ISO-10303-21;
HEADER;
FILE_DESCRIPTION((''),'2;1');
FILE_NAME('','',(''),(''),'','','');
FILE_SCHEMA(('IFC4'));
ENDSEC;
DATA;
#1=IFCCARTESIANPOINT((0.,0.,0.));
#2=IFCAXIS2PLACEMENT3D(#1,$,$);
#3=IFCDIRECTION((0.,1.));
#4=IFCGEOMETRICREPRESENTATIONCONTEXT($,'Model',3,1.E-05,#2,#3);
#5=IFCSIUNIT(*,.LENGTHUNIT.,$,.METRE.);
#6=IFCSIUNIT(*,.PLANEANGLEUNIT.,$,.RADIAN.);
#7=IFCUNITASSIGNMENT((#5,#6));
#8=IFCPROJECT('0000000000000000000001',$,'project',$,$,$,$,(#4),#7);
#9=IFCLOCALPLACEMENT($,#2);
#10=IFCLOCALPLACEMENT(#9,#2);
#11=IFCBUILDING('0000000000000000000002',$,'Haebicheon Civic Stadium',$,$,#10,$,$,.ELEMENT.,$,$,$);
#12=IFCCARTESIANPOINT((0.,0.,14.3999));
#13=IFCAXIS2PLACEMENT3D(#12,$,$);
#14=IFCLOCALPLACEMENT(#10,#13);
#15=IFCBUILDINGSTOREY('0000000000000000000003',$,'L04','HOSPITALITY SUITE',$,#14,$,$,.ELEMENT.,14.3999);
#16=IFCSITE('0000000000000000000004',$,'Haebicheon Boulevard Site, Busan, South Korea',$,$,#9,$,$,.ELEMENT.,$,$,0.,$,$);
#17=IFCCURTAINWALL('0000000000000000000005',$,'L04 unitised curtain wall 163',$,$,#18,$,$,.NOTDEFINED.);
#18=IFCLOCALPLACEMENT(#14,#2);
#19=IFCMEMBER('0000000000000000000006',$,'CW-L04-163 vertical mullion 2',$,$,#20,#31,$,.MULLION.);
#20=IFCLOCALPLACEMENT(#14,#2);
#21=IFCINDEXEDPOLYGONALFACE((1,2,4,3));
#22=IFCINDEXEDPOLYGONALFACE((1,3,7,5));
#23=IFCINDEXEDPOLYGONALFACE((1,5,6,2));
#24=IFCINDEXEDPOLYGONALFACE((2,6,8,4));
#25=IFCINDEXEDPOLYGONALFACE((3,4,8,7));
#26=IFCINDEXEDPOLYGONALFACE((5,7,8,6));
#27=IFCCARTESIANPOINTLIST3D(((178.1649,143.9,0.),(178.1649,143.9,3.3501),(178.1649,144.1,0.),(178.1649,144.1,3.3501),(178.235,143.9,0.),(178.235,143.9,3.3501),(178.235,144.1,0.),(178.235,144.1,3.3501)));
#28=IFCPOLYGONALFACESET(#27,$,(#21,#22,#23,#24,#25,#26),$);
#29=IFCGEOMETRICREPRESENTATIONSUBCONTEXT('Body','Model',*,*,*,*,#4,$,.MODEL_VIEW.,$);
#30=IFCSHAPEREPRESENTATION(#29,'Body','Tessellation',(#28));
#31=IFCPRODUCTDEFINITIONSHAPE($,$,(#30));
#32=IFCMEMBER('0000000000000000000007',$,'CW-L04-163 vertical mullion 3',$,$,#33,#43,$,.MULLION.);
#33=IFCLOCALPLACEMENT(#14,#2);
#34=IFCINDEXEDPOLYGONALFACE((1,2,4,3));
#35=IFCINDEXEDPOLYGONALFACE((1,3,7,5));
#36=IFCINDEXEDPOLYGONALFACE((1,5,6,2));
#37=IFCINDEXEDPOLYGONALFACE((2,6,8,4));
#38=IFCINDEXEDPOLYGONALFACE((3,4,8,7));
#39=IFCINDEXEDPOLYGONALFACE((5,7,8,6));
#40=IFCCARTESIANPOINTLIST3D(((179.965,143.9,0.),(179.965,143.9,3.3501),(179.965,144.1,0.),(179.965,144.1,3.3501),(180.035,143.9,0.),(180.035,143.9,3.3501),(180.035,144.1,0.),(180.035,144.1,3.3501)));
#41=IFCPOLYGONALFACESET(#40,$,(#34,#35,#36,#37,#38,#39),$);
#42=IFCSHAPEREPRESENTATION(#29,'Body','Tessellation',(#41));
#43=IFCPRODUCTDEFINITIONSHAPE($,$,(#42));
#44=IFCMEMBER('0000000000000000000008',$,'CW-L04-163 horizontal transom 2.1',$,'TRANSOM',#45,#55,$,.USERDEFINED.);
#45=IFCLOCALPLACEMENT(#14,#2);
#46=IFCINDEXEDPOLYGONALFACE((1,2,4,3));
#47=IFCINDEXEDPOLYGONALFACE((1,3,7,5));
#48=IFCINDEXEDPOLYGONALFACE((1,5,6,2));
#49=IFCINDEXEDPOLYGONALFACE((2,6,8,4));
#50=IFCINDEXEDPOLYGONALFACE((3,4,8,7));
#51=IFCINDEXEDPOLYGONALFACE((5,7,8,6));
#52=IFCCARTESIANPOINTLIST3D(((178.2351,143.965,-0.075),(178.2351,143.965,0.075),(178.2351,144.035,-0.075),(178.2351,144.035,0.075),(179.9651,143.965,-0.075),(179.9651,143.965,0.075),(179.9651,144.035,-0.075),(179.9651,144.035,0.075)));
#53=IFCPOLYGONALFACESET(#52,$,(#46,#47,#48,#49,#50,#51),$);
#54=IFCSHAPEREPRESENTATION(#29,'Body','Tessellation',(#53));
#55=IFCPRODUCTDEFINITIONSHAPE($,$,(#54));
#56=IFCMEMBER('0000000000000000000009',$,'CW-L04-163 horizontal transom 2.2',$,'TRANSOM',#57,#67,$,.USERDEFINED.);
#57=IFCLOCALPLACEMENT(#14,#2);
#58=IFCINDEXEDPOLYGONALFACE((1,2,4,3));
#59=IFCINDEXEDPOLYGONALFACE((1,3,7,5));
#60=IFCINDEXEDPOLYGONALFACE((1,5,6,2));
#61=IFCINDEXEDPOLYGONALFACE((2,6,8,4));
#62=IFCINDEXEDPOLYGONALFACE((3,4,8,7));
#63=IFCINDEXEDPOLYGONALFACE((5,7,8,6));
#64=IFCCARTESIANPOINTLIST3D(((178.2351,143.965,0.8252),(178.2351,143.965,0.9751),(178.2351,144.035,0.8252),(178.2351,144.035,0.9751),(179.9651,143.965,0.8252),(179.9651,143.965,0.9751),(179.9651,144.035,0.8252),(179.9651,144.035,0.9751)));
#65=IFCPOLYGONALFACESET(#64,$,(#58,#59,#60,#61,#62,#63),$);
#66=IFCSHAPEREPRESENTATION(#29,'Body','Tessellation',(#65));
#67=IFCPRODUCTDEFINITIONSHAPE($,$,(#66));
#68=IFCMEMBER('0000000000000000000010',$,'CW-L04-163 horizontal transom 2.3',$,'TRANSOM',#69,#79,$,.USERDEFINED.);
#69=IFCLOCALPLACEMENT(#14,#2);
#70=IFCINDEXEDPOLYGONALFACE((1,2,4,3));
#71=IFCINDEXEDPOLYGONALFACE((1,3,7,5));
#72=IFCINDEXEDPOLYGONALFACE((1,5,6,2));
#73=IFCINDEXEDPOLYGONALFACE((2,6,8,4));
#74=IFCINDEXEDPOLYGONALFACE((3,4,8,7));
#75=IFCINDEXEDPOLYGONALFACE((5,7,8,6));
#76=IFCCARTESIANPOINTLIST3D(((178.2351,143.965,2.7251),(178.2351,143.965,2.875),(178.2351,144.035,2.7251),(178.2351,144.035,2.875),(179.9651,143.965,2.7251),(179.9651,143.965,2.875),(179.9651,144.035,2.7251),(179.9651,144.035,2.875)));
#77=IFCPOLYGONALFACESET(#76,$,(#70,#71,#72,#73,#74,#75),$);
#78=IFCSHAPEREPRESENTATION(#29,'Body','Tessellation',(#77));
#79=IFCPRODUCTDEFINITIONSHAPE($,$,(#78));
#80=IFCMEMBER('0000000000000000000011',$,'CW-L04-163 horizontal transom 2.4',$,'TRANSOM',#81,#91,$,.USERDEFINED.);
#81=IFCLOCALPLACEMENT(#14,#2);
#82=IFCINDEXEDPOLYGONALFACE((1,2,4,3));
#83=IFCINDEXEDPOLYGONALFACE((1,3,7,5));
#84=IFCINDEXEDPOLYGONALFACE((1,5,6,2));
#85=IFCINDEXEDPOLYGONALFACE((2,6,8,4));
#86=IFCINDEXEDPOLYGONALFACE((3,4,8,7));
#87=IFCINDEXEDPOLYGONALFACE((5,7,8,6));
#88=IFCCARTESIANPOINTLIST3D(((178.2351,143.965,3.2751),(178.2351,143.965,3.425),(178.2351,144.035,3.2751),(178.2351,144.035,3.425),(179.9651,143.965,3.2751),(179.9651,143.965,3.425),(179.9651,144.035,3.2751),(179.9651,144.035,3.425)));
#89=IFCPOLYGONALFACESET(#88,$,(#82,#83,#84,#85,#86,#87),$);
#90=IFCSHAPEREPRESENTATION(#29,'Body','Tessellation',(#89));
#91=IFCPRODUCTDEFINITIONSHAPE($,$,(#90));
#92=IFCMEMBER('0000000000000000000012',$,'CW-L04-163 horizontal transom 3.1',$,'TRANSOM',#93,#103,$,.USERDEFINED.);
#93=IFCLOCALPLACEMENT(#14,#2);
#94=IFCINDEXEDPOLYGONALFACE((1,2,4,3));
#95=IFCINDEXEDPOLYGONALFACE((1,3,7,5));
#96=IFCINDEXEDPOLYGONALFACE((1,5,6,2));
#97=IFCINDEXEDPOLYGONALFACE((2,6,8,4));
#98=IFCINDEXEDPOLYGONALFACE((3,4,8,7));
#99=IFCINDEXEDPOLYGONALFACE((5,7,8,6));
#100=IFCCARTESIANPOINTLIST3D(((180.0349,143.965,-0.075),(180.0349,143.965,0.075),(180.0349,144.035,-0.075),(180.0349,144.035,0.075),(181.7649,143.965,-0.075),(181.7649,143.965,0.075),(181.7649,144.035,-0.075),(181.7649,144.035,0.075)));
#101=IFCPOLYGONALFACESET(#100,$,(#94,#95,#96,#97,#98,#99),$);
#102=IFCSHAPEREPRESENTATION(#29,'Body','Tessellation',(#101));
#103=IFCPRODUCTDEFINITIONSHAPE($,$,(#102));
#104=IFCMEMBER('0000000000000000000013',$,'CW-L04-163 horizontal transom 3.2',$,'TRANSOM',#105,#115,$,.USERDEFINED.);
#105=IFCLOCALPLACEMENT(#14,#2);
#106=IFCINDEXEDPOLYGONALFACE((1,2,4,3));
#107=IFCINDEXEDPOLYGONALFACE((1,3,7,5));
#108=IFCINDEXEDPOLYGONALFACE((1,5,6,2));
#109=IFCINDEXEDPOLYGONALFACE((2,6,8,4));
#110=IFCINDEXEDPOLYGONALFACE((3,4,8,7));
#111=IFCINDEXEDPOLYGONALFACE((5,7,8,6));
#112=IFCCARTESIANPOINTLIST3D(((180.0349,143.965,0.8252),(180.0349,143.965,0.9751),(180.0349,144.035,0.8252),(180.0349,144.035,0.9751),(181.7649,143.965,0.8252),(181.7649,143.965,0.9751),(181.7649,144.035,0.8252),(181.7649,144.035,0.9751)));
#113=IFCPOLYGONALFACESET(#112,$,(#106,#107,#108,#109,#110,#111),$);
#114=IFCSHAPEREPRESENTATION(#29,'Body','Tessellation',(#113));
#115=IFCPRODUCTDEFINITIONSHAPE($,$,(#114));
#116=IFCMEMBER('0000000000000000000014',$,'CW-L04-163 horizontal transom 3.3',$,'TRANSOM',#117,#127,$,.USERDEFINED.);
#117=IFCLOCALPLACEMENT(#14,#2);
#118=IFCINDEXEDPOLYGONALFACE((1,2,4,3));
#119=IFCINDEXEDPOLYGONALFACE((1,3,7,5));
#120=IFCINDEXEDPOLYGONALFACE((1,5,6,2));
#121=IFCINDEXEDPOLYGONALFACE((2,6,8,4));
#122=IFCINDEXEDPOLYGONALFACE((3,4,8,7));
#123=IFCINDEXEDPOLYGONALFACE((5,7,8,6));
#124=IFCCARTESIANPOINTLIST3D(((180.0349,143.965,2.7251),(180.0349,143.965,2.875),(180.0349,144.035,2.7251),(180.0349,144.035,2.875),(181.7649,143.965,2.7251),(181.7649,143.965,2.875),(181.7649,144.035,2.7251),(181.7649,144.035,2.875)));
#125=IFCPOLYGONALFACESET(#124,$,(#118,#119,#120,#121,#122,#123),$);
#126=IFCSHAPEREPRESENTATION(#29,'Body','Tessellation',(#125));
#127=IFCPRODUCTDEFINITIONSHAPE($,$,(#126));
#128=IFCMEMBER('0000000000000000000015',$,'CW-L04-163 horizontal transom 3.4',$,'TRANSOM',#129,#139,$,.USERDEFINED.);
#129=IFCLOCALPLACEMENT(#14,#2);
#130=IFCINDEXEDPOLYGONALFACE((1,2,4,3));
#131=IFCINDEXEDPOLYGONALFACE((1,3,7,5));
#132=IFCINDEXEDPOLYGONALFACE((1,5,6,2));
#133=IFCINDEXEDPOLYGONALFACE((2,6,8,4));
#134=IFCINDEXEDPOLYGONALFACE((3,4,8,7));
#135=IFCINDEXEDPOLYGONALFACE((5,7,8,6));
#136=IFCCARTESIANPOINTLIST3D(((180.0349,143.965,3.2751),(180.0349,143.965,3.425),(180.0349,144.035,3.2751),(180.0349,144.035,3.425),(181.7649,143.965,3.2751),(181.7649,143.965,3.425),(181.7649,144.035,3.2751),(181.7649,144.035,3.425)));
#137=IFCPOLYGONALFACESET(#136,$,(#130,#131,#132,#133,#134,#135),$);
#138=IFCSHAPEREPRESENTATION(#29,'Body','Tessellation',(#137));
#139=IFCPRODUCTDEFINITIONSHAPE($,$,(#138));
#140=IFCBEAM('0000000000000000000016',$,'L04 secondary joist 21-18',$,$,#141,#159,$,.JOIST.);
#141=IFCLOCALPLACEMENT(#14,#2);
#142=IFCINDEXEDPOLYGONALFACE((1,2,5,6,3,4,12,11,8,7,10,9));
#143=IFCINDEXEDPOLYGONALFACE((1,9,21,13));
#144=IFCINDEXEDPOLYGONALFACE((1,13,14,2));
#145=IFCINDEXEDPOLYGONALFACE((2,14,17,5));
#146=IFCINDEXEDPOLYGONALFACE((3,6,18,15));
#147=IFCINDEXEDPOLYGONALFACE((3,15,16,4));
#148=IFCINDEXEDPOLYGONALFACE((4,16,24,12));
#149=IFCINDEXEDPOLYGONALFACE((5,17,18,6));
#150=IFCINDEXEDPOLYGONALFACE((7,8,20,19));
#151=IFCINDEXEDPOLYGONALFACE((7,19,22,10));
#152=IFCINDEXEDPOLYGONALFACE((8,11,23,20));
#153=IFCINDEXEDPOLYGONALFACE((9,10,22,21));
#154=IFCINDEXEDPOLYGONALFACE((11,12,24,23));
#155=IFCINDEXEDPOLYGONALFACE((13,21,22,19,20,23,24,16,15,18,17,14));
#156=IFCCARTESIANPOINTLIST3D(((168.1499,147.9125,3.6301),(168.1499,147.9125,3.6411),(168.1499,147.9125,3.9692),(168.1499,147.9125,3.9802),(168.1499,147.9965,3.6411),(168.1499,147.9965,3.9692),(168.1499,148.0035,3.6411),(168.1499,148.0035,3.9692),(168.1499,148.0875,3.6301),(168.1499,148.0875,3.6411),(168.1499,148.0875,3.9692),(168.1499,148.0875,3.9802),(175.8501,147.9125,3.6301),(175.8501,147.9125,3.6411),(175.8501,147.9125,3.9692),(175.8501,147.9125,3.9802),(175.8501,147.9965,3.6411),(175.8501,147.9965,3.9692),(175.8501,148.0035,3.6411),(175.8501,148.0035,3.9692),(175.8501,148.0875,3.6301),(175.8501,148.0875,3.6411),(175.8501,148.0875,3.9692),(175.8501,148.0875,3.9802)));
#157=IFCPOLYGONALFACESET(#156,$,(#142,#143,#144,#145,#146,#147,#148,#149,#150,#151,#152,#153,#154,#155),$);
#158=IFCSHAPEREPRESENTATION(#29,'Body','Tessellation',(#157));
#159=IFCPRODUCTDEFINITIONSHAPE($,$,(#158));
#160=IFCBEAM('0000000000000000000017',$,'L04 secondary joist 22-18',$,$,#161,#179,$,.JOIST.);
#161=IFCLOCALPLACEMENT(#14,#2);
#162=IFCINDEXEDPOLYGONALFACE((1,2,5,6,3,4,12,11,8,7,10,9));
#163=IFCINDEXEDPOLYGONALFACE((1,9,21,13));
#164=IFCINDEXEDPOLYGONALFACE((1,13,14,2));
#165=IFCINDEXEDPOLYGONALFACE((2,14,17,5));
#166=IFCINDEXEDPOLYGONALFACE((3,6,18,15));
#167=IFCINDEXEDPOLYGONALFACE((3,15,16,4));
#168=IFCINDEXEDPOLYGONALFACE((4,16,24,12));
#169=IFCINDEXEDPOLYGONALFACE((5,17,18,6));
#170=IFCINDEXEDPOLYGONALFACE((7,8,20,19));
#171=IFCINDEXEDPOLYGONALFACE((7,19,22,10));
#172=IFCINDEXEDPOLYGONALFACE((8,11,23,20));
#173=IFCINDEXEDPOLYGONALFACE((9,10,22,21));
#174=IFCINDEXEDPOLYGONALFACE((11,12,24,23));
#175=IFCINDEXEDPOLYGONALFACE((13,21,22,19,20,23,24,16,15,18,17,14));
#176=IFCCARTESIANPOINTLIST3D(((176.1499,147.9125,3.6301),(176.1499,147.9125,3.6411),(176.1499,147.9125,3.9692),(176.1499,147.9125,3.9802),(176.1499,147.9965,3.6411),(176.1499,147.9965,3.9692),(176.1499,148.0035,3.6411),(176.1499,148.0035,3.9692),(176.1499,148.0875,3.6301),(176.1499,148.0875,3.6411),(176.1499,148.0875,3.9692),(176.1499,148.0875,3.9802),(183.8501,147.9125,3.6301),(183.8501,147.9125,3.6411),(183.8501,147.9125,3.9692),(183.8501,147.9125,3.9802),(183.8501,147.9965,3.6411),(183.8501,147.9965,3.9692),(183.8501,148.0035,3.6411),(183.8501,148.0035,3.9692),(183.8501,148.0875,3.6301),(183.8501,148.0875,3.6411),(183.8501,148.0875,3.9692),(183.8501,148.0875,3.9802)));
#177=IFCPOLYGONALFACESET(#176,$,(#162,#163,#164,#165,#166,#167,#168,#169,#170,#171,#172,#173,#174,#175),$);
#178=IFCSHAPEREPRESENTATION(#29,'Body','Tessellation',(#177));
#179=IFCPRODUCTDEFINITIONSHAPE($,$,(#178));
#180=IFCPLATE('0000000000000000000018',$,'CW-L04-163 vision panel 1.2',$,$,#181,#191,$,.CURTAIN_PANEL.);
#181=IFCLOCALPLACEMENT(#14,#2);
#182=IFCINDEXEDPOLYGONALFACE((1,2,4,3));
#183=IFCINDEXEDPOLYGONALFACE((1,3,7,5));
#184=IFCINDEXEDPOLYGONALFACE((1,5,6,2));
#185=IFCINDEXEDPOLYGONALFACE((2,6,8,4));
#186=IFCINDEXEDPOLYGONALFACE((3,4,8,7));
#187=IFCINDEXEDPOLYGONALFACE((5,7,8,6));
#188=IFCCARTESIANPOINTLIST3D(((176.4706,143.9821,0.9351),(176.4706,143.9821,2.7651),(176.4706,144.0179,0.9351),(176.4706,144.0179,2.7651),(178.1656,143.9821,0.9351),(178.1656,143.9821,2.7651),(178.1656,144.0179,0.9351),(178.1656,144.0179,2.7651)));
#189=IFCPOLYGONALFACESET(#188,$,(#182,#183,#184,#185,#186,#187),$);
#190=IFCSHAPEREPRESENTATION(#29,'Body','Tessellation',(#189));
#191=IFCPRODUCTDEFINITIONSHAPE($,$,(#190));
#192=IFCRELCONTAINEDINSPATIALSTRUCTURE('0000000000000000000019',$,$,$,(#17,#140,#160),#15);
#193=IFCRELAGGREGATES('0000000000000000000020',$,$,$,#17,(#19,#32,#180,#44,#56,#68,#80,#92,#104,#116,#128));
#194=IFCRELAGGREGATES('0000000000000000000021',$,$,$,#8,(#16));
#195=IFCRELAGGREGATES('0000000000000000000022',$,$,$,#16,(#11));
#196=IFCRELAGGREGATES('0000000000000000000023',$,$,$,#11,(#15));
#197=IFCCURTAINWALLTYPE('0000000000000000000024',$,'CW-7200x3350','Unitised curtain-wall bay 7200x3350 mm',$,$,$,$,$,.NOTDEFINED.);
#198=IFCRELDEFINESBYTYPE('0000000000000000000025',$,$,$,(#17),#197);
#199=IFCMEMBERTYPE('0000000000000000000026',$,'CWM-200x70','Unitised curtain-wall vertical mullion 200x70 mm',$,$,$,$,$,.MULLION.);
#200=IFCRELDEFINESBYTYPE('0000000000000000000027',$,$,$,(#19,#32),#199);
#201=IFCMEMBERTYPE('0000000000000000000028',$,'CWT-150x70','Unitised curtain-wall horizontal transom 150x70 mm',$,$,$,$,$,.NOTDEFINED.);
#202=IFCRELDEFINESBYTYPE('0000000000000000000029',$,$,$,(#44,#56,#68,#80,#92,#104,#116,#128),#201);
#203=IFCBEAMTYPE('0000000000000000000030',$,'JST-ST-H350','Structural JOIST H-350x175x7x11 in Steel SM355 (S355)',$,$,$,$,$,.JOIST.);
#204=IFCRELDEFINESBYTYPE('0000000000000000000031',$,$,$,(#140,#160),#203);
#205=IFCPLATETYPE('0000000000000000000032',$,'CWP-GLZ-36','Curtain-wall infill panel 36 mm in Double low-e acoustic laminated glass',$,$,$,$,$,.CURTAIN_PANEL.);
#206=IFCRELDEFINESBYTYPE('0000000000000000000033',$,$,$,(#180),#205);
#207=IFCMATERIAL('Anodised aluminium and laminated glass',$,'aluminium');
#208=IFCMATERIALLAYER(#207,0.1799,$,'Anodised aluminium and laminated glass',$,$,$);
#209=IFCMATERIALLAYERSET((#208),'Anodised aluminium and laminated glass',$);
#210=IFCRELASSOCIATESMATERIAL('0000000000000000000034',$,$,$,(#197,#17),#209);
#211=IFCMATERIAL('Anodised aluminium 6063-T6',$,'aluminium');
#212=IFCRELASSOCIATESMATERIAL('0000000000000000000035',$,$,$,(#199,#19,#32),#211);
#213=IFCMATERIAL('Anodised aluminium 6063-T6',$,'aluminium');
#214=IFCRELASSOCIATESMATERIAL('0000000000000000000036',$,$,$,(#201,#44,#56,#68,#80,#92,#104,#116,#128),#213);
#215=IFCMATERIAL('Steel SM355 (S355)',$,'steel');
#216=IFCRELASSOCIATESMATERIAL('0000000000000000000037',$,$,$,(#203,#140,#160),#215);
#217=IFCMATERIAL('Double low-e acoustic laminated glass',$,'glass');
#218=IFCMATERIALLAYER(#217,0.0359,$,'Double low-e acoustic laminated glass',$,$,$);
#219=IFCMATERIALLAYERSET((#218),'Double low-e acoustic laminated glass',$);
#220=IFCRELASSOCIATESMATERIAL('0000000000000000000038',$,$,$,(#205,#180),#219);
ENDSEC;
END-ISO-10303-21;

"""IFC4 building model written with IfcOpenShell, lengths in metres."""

from ifc_helpers import new_model, si_unit, direction, frame, origin, origin_2d, place, context, subcontext, project, spatial, rectangle, i_section, extrude, material, layer, layer_set, material_profile, profile_set, type_object, element, aggregate, save


model = new_model("IFC4")

# Units and contexts
model_context = context("Model", 3, precision=1e-05, world=origin(), true_north=direction((0.0, 1.0)))
body_context = subcontext(model_context, "Body", "Model", "MODEL_VIEW")
ifc_project = project(units=[si_unit("LENGTHUNIT", "METRE"), si_unit("PLANEANGLEUNIT", "RADIAN")], contexts=[model_context])

# Site, building, storey
site_placement = place(None, origin())
site = spatial("IfcSite", under=ifc_project, at=site_placement, Name="Haebicheon Boulevard Site, Busan, South Korea", CompositionType="ELEMENT", RefElevation=0.0)
building_placement = place(site_placement, origin())
building = spatial("IfcBuilding", under=site, at=building_placement, Name="Haebicheon Civic Stadium", CompositionType="ELEMENT")
storey_placement = place(building_placement, frame((0.0, 0.0, 14.3999)))
storey = spatial("IfcBuildingStorey", under=building, at=storey_placement, Name="L04", Description="HOSPITALITY SUITE", CompositionType="ELEMENT", Elevation=14.3999)

# Curtain wall, members
ifc_material_1 = material(Name="Anodised aluminium and laminated glass", Category="aluminium")
ifc_layer_1 = layer(ifc_material_1, 0.1799, Name="Anodised aluminium and laminated glass")
ifc_layer_set_1 = layer_set([ifc_layer_1], Name="Anodised aluminium and laminated glass")
curtain_wall_type = type_object("IfcCurtainWallType", Name="CW-7200x3350", Description="Unitised curtain-wall bay 7200x3350 mm", PredefinedType="NOTDEFINED", material=ifc_layer_set_1)
curtain_wall_placement = place(storey_placement, origin())
curtain_wall = element("IfcCurtainWall", 1, at=curtain_wall_placement, inside=storey, type_object=curtain_wall_type, material=ifc_layer_set_1, Name="L04 unitised curtain wall 163", PredefinedType="NOTDEFINED")
ifc_material_2 = material(Name="Anodised aluminium 6063-T6", Category="aluminium")
ifc_material_profile_1 = material_profile(ifc_material_2, rectangle(XDim=0.0701, YDim=0.2, at=origin_2d()), Name="ALU-MULL-70x200")
ifc_profile_set_1 = profile_set([ifc_material_profile_1], Name="Anodised aluminium 6063-T6")
member_type_1 = type_object("IfcMemberType", Name="CWM-200x70", Description="Unitised curtain-wall vertical mullion 200x70 mm", PredefinedType="MULLION", material=ifc_profile_set_1)
member_1_placement = place(storey_placement, frame((178.2, 144.0, 0.0), z_axis=(0.0, 0.0, 1.0), x_axis=(1.0, 0.0, 0.0)))
member_1 = element("IfcMember", 2, at=member_1_placement, type_object=member_type_1, material=ifc_profile_set_1, Name="CW-L04-163 vertical mullion 2", PredefinedType="MULLION", context=body_context, shape_type="SweptSolid", body=[
    extrude(rectangle(XDim=0.0701, YDim=0.2, at=origin_2d()), origin(), (0.0, 0.0, 1.0), 3.3501),
])
member_2_placement = place(storey_placement, frame((180.0, 144.0, 0.0), z_axis=(0.0, 0.0, 1.0), x_axis=(1.0, 0.0, 0.0)))
member_2 = element("IfcMember", 3, at=member_2_placement, type_object=member_type_1, material=ifc_profile_set_1, Name="CW-L04-163 vertical mullion 3", PredefinedType="MULLION", context=body_context, shape_type="SweptSolid", body=[
    extrude(rectangle(XDim=0.0701, YDim=0.2, at=origin_2d()), origin(), (0.0, 0.0, 1.0), 3.3501),
])
ifc_material_3 = material(Name="Anodised aluminium 6063-T6", Category="aluminium")
ifc_material_profile_2 = material_profile(ifc_material_3, rectangle(XDim=0.0701, YDim=0.1499, at=origin_2d()), Name="ALU-TRAN-70x150")
ifc_profile_set_2 = profile_set([ifc_material_profile_2], Name="Anodised aluminium 6063-T6")
member_type_2 = type_object("IfcMemberType", Name="CWT-150x70", Description="Unitised curtain-wall horizontal transom 150x70 mm", PredefinedType="NOTDEFINED", material=ifc_profile_set_2)
member_3_placement = place(storey_placement, frame((178.2351, 144.0, 0.0), z_axis=(1.0, 0.0, 0.0), x_axis=(0.0, 1.0, 0.0)))
member_3 = element("IfcMember", 4, at=member_3_placement, type_object=member_type_2, material=ifc_profile_set_2, Name="CW-L04-163 horizontal transom 2.1", ObjectType="TRANSOM", PredefinedType="USERDEFINED", context=body_context, shape_type="SweptSolid", body=[
    extrude(rectangle(XDim=0.0701, YDim=0.1499, at=origin_2d()), origin(), (0.0, 0.0, 1.0), 1.73),
])
member_4_placement = place(storey_placement, frame((178.2351, 144.0, 0.9001), z_axis=(1.0, 0.0, 0.0), x_axis=(0.0, 1.0, 0.0)))
member_4 = element("IfcMember", 5, at=member_4_placement, type_object=member_type_2, material=ifc_profile_set_2, Name="CW-L04-163 horizontal transom 2.2", ObjectType="TRANSOM", PredefinedType="USERDEFINED", context=body_context, shape_type="SweptSolid", body=[
    extrude(rectangle(XDim=0.0701, YDim=0.1499, at=origin_2d()), origin(), (0.0, 0.0, 1.0), 1.73),
])
member_5_placement = place(storey_placement, frame((178.2351, 144.0, 2.8), z_axis=(1.0, 0.0, 0.0), x_axis=(0.0, 1.0, 0.0)))
member_5 = element("IfcMember", 6, at=member_5_placement, type_object=member_type_2, material=ifc_profile_set_2, Name="CW-L04-163 horizontal transom 2.3", ObjectType="TRANSOM", PredefinedType="USERDEFINED", context=body_context, shape_type="SweptSolid", body=[
    extrude(rectangle(XDim=0.0701, YDim=0.1499, at=origin_2d()), origin(), (0.0, 0.0, 1.0), 1.73),
])
member_6_placement = place(storey_placement, frame((178.2351, 144.0, 3.3501), z_axis=(1.0, 0.0, 0.0), x_axis=(0.0, 1.0, 0.0)))
member_6 = element("IfcMember", 7, at=member_6_placement, type_object=member_type_2, material=ifc_profile_set_2, Name="CW-L04-163 horizontal transom 2.4", ObjectType="TRANSOM", PredefinedType="USERDEFINED", context=body_context, shape_type="SweptSolid", body=[
    extrude(rectangle(XDim=0.0701, YDim=0.1499, at=origin_2d()), origin(), (0.0, 0.0, 1.0), 1.73),
])
member_7_placement = place(storey_placement, frame((180.0349, 144.0, 0.0), z_axis=(1.0, 0.0, 0.0), x_axis=(0.0, 1.0, 0.0)))
member_7 = element("IfcMember", 8, at=member_7_placement, type_object=member_type_2, material=ifc_profile_set_2, Name="CW-L04-163 horizontal transom 3.1", ObjectType="TRANSOM", PredefinedType="USERDEFINED", context=body_context, shape_type="SweptSolid", body=[
    extrude(rectangle(XDim=0.0701, YDim=0.1499, at=origin_2d()), origin(), (0.0, 0.0, 1.0), 1.73),
])
member_8_placement = place(storey_placement, frame((180.0349, 144.0, 0.9001), z_axis=(1.0, 0.0, 0.0), x_axis=(0.0, 1.0, 0.0)))
member_8 = element("IfcMember", 9, at=member_8_placement, type_object=member_type_2, material=ifc_profile_set_2, Name="CW-L04-163 horizontal transom 3.2", ObjectType="TRANSOM", PredefinedType="USERDEFINED", context=body_context, shape_type="SweptSolid", body=[
    extrude(rectangle(XDim=0.0701, YDim=0.1499, at=origin_2d()), origin(), (0.0, 0.0, 1.0), 1.73),
])
member_9_placement = place(storey_placement, frame((180.0349, 144.0, 2.8), z_axis=(1.0, 0.0, 0.0), x_axis=(0.0, 1.0, 0.0)))
member_9 = element("IfcMember", 10, at=member_9_placement, type_object=member_type_2, material=ifc_profile_set_2, Name="CW-L04-163 horizontal transom 3.3", ObjectType="TRANSOM", PredefinedType="USERDEFINED", context=body_context, shape_type="SweptSolid", body=[
    extrude(rectangle(XDim=0.0701, YDim=0.1499, at=origin_2d()), origin(), (0.0, 0.0, 1.0), 1.73),
])
member_10_placement = place(storey_placement, frame((180.0349, 144.0, 3.3501), z_axis=(1.0, 0.0, 0.0), x_axis=(0.0, 1.0, 0.0)))
member_10 = element("IfcMember", 11, at=member_10_placement, type_object=member_type_2, material=ifc_profile_set_2, Name="CW-L04-163 horizontal transom 3.4", ObjectType="TRANSOM", PredefinedType="USERDEFINED", context=body_context, shape_type="SweptSolid", body=[
    extrude(rectangle(XDim=0.0701, YDim=0.1499, at=origin_2d()), origin(), (0.0, 0.0, 1.0), 1.73),
])

# Beams
ifc_material_4 = material(Name="Steel SM355 (S355)", Category="steel")
ifc_material_profile_3 = material_profile(ifc_material_4, i_section(OverallWidth=0.175, OverallDepth=0.3501, WebThickness=0.0071, FlangeThickness=0.011, at=origin_2d()), Name="H-350x175x7x11")
ifc_profile_set_3 = profile_set([ifc_material_profile_3], Name="Steel SM355 (S355)")
beam_type = type_object("IfcBeamType", Name="JST-ST-H350", Description="Structural JOIST H-350x175x7x11 in Steel SM355 (S355)", PredefinedType="JOIST", material=ifc_profile_set_3)
for number, where, z_axis, x_axis, name in (
    (12, (168.1499, 148.0, 3.8052), (1.0, 0.0, 0.0), (0.0, 1.0, 0.0), "L04 secondary joist 21-18"),
    (13, (176.1499, 148.0, 3.8052), (1.0, 0.0, 0.0), (0.0, 1.0, 0.0), "L04 secondary joist 22-18"),
):
    element("IfcBeam", number, at=place(storey_placement, frame(where, z_axis=z_axis, x_axis=x_axis)), inside=storey, type_object=beam_type, material=ifc_profile_set_3, Name=name, PredefinedType="JOIST", context=body_context, shape_type="SweptSolid", body=[
        extrude(i_section(OverallWidth=0.175, OverallDepth=0.3501, WebThickness=0.0071, FlangeThickness=0.011, at=origin_2d()), origin(), (0.0, 0.0, 1.0), 7.7002),
    ])

# Plate
ifc_material_5 = material(Name="Double low-e acoustic laminated glass", Category="glass")
ifc_layer_2 = layer(ifc_material_5, 0.0359, Name="Double low-e acoustic laminated glass")
ifc_layer_set_2 = layer_set([ifc_layer_2], Name="Double low-e acoustic laminated glass")
plate_type_1 = type_object("IfcPlateType", Name="CWP-GLZ-36", Description="Curtain-wall infill panel 36 mm in Double low-e acoustic laminated glass", PredefinedType="CURTAIN_PANEL", material=ifc_layer_set_2)
plate_1_placement = place(storey_placement, frame((177.3181, 144.0, 0.9351), z_axis=(0.0, 0.0, 1.0), x_axis=(1.0, 0.0, 0.0)))
plate_1 = element("IfcPlate", 14, at=plate_1_placement, type_object=plate_type_1, material=ifc_layer_set_2, Name="CW-L04-163 vision panel 1.2", PredefinedType="CURTAIN_PANEL", context=body_context, shape_type="SweptSolid", body=[
    extrude(rectangle(XDim=1.6951, YDim=0.0359, at=origin_2d()), origin(), (0.0, 0.0, 1.0), 1.8301),
])
aggregate(curtain_wall, [member_1, member_2, plate_1, member_3, member_4, member_5, member_6, member_7, member_8, member_9, member_10])

save(model, "model.ifc")
